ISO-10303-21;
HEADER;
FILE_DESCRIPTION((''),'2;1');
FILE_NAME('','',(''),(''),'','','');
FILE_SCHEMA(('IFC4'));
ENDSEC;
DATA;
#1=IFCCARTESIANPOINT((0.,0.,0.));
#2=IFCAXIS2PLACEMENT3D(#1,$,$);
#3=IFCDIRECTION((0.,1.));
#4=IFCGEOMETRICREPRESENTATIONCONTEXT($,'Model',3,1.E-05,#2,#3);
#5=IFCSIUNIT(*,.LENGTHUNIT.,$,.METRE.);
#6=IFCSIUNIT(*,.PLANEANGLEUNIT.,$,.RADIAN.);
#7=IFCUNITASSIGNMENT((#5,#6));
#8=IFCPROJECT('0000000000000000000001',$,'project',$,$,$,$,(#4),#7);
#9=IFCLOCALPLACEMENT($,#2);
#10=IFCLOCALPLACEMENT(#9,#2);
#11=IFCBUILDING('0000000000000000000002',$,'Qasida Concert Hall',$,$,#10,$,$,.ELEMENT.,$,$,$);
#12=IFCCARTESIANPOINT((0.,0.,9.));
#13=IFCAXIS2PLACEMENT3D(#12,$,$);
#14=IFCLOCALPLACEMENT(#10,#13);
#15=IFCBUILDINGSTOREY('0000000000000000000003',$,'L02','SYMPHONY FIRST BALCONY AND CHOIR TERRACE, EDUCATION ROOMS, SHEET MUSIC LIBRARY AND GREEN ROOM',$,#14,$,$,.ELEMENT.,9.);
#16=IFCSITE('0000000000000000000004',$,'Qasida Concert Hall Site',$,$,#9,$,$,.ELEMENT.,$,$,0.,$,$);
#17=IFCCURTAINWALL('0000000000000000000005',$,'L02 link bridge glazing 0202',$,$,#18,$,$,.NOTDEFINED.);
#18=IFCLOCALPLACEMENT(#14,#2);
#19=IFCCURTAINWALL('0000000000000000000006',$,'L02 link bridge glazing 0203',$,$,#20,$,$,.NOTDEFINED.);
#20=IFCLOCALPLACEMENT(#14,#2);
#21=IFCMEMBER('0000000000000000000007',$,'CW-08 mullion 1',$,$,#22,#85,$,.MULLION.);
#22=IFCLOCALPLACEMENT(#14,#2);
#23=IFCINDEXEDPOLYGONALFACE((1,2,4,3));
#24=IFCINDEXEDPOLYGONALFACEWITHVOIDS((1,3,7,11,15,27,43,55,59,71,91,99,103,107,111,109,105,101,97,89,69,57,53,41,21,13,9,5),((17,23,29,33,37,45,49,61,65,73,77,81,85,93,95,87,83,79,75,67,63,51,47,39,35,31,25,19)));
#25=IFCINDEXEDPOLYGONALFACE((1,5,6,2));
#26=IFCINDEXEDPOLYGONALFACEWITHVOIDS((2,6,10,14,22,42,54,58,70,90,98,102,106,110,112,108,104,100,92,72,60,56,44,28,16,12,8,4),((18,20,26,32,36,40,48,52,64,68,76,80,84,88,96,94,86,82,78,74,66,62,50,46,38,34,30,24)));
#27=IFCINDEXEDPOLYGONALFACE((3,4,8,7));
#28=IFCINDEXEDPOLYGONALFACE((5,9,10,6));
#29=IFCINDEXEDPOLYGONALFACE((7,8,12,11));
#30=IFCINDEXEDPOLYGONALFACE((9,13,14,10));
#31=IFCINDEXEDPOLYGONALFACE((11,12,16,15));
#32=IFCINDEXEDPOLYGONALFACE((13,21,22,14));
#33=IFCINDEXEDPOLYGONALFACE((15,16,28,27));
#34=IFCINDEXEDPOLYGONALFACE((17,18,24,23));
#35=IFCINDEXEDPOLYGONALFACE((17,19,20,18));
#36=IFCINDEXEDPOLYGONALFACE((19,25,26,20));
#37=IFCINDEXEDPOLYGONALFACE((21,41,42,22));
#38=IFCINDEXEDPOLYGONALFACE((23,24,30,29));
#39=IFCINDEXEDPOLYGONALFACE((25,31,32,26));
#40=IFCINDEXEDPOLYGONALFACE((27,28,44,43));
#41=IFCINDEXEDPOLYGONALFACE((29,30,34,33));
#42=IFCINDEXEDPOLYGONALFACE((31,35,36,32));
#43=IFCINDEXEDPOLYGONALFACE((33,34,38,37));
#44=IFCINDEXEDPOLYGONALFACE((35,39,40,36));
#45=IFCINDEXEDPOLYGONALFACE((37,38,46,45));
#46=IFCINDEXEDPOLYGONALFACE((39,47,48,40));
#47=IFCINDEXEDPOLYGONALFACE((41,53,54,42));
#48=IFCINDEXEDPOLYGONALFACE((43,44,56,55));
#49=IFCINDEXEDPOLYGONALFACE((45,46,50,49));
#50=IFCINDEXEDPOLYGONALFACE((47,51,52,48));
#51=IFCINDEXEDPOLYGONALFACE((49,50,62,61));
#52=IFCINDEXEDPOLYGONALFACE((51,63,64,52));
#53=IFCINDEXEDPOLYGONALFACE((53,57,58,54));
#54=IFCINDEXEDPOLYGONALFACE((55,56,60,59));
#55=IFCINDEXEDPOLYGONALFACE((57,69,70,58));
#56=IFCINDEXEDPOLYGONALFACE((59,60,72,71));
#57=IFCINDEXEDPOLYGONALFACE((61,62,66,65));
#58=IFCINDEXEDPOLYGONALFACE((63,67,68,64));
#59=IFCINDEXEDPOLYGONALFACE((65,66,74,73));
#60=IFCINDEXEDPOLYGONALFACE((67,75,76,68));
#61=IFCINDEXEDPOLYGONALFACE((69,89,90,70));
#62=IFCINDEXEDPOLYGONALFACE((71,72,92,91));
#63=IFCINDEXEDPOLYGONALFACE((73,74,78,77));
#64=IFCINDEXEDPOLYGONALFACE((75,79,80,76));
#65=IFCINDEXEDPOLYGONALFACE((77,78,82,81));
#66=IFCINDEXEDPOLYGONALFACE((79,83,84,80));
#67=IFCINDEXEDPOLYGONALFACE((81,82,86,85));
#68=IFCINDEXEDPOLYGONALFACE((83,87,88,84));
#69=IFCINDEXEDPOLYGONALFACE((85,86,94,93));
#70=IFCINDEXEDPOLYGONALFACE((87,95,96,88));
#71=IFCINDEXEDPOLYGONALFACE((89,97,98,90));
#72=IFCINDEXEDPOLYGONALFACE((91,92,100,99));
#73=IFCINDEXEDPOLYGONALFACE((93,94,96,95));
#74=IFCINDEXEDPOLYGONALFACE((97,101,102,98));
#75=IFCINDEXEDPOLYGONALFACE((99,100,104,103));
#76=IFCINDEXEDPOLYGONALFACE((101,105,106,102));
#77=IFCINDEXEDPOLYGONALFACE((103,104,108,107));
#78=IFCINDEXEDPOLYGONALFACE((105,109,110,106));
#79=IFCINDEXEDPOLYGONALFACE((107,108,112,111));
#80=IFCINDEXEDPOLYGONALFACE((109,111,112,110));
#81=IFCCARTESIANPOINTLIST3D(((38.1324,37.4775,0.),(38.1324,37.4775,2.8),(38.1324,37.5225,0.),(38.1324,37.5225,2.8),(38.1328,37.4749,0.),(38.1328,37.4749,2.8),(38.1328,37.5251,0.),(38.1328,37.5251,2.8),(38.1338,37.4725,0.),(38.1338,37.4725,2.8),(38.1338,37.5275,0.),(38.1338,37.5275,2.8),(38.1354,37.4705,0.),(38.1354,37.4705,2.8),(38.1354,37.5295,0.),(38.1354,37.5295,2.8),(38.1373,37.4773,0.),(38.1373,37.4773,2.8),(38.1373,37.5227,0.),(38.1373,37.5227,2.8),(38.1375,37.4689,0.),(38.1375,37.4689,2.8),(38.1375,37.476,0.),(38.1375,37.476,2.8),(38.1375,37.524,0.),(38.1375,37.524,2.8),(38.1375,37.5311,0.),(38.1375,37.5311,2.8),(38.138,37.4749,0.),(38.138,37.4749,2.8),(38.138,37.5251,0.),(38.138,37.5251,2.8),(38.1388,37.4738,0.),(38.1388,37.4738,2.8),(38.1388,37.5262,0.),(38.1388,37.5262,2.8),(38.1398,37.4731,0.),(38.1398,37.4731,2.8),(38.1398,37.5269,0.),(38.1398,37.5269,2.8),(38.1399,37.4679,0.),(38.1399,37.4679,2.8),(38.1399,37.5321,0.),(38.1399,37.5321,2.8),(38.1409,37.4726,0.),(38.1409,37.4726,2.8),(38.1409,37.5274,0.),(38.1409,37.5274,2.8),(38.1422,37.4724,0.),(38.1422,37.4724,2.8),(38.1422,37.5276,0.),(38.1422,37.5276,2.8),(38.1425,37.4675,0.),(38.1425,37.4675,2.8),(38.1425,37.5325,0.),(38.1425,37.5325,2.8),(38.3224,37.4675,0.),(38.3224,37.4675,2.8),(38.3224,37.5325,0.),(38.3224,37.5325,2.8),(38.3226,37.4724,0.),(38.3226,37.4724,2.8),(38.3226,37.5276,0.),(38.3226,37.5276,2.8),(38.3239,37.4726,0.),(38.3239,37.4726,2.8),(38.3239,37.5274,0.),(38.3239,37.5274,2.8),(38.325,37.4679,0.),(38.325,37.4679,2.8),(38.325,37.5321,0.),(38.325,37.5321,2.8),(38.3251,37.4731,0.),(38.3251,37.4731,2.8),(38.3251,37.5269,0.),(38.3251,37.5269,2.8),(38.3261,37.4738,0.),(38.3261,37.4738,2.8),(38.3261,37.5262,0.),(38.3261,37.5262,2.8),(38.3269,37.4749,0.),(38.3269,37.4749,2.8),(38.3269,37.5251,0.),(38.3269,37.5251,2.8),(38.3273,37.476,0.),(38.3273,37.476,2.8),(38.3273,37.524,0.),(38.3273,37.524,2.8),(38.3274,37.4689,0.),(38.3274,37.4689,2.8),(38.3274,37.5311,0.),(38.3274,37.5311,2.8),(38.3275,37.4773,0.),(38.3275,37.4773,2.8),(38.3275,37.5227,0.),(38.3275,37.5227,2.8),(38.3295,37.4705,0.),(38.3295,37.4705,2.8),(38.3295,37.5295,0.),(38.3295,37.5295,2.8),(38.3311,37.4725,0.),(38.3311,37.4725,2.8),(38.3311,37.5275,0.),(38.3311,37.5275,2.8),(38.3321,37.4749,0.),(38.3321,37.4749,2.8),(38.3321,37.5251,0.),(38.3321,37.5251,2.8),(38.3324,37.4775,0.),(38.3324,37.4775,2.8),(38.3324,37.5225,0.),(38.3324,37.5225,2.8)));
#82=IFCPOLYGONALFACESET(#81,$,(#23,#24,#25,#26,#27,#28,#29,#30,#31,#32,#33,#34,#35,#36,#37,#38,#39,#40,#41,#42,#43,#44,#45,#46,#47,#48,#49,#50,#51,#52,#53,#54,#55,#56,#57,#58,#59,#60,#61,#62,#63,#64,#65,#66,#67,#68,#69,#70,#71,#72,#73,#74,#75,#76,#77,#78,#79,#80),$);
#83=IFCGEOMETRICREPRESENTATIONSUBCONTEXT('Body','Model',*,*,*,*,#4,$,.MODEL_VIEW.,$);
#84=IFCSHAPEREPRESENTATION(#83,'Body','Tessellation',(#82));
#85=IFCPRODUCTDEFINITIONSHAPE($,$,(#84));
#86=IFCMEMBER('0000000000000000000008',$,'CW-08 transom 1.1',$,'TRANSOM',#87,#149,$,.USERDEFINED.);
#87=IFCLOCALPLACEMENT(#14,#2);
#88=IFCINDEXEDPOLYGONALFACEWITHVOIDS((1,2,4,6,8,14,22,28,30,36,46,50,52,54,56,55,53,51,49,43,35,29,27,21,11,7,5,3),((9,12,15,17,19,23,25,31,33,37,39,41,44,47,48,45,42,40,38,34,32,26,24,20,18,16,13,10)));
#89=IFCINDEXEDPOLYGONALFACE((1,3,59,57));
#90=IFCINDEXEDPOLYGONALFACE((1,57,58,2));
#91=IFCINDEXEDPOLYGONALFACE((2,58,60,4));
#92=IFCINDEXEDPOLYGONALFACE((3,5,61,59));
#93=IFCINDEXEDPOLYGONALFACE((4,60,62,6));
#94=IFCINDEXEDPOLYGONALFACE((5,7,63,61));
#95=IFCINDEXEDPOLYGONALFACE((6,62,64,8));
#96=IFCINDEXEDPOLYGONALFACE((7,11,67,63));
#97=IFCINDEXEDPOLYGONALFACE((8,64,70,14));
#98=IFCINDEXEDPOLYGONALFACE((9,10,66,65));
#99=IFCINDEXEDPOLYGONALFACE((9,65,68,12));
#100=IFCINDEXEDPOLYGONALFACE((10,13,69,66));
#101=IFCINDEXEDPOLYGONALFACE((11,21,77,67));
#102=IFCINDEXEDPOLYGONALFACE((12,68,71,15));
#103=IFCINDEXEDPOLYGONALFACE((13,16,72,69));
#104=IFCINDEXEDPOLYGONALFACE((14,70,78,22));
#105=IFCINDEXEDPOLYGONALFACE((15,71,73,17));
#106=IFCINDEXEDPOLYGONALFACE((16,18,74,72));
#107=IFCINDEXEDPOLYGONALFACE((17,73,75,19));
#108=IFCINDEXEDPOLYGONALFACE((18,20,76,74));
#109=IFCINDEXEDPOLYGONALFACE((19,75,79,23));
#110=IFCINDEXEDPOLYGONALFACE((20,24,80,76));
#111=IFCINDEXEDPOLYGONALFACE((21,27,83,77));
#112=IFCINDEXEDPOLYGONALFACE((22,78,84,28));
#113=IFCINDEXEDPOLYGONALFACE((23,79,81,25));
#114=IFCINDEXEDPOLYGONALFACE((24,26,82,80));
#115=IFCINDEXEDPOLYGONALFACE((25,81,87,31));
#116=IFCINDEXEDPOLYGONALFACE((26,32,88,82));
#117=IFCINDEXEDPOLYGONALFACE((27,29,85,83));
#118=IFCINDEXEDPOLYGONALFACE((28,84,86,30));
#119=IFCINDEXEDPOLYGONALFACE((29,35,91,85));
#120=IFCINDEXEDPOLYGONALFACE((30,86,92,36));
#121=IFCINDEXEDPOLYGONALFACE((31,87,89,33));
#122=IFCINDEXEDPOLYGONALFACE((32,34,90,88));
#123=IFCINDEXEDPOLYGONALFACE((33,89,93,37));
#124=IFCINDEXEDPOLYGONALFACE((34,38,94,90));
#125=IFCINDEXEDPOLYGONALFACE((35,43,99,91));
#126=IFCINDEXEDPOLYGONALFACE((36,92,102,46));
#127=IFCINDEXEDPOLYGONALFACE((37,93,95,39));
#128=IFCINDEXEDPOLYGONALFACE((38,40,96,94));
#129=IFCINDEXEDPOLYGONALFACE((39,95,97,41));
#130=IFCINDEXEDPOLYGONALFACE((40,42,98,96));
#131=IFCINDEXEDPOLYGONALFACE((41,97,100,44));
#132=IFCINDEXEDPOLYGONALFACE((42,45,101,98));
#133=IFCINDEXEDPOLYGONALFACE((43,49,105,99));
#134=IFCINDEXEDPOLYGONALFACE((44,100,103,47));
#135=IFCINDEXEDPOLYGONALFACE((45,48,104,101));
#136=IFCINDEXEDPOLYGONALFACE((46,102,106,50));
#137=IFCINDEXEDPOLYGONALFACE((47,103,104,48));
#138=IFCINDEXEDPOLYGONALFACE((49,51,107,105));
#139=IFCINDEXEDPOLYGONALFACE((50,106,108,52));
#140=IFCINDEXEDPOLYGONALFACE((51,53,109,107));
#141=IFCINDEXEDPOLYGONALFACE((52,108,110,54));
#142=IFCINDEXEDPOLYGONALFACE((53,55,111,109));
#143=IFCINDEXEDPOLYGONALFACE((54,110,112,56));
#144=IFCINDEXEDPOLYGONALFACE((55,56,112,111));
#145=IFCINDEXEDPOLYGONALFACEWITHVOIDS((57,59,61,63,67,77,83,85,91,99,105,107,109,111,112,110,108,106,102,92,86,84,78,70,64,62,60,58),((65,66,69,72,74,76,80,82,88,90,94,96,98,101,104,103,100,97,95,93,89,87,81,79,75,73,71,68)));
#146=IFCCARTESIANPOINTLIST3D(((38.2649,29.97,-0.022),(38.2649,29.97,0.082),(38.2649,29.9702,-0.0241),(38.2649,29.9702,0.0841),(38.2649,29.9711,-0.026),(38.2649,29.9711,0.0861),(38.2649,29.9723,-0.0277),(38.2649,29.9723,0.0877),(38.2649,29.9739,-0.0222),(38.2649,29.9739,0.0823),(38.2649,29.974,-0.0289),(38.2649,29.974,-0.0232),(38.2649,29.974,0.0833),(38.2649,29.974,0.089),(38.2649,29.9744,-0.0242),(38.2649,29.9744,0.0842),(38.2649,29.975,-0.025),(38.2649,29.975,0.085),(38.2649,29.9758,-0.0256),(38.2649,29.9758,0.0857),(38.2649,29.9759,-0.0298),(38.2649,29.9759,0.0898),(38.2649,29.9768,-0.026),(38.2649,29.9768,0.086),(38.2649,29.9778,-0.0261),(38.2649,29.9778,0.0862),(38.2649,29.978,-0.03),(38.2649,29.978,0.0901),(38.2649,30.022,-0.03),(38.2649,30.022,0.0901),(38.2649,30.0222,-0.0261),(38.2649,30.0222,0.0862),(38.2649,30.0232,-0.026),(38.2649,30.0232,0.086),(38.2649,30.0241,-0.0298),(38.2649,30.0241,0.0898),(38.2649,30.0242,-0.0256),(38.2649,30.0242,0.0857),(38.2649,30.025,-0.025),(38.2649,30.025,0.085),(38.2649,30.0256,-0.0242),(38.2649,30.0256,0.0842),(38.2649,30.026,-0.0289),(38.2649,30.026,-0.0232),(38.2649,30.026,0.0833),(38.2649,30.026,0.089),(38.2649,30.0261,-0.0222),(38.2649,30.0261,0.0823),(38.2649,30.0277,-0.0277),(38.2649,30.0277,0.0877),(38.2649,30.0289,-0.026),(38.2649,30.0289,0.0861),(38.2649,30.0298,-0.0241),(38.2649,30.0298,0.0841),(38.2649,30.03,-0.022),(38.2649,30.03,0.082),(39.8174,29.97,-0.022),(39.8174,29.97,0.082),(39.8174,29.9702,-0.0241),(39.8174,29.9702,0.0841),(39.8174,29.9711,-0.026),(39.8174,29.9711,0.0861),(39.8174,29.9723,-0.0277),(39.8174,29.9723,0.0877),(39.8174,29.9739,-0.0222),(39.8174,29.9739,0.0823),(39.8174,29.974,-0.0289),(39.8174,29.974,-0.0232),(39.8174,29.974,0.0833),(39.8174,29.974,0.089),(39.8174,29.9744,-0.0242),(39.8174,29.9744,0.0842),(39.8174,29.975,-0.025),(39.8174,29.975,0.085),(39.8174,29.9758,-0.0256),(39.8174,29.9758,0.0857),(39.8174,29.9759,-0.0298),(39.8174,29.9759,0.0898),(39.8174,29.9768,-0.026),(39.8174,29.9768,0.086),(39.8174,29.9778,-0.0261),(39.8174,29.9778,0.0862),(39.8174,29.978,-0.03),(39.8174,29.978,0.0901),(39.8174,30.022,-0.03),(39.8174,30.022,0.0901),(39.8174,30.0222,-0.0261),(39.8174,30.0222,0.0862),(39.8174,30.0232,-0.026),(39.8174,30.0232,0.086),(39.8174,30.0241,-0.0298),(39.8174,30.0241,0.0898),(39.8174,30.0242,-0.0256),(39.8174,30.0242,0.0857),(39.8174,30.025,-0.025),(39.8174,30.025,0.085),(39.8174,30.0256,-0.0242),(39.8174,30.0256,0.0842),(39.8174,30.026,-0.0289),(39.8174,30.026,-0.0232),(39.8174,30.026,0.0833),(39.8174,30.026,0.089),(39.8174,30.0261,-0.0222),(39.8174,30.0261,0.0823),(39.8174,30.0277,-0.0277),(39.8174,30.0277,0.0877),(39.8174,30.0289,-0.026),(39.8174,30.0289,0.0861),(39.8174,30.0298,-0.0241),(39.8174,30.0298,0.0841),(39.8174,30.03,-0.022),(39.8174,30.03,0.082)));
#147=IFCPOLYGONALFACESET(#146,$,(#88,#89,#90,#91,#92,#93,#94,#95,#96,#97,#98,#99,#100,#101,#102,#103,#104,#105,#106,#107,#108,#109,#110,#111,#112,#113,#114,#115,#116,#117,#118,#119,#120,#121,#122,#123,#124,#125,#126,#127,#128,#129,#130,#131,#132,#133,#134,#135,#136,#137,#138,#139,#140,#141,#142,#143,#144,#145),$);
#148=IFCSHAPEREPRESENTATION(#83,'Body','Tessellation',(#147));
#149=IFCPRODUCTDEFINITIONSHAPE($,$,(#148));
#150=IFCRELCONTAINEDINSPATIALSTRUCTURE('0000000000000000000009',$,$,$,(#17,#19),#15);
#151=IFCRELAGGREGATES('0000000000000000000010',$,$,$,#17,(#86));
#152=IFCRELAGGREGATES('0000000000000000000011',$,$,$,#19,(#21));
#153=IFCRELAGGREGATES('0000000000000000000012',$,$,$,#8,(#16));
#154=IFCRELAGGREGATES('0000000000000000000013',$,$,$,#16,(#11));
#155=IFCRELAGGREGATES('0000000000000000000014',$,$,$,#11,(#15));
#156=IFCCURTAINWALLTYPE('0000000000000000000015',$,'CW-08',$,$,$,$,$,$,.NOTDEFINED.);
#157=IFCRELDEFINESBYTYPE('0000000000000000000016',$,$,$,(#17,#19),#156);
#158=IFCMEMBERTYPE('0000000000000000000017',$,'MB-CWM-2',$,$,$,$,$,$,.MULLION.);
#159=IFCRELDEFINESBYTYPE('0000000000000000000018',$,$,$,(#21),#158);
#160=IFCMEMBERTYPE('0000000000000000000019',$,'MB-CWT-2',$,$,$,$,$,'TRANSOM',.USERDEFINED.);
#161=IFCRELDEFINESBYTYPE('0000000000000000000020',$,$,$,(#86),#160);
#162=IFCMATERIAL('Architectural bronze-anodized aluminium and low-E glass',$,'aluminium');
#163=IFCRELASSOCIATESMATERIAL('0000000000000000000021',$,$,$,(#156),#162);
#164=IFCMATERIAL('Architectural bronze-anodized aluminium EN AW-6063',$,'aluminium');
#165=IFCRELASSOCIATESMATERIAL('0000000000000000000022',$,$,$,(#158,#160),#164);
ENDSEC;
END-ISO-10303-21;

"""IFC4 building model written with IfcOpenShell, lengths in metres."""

from ifc_helpers import new_model, si_unit, direction, frame, origin, origin_2d, place, context, subcontext, project, spatial, hollow_rectangle, extrude, material, material_profile, profile_set, type_object, element, aggregate, save


model = new_model("IFC4")

# Units and contexts
model_context = context("Model", 3, precision=1e-05, world=origin(), true_north=direction((0.0, 1.0)))
body_context = subcontext(model_context, "Body", "Model", "MODEL_VIEW")
ifc_project = project(units=[si_unit("LENGTHUNIT", "METRE"), si_unit("PLANEANGLEUNIT", "RADIAN")], contexts=[model_context])

# Site, building, storey
site_placement = place(None, origin())
site = spatial("IfcSite", under=ifc_project, at=site_placement, Name="Qasida Concert Hall Site", CompositionType="ELEMENT", RefElevation=0.0)
building_placement = place(site_placement, origin())
building = spatial("IfcBuilding", under=site, at=building_placement, Name="Qasida Concert Hall", CompositionType="ELEMENT")
storey_placement = place(building_placement, frame((0.0, 0.0, 9.0)))
storey = spatial("IfcBuildingStorey", under=building, at=storey_placement, Name="L02", Description="SYMPHONY FIRST BALCONY AND CHOIR TERRACE, EDUCATION ROOMS, SHEET MUSIC LIBRARY AND GREEN ROOM", CompositionType="ELEMENT", Elevation=9.0)

# Curtain walls, member
ifc_material_1 = material(Name="Architectural bronze-anodized aluminium and low-E glass", Category="aluminium")
curtain_wall_type = type_object("IfcCurtainWallType", Name="CW-08", PredefinedType="NOTDEFINED", material=ifc_material_1)
curtain_wall_1_placement = place(storey_placement, origin())
curtain_wall_1 = element("IfcCurtainWall", 1, at=curtain_wall_1_placement, inside=storey, type_object=curtain_wall_type, Name="L02 link bridge glazing 0202", PredefinedType="NOTDEFINED")
ifc_material_2 = material(Name="Architectural bronze-anodized aluminium EN AW-6063", Category="aluminium")
ifc_material_profile_1 = material_profile(ifc_material_2, hollow_rectangle(XDim=0.0649, YDim=0.2, WallThickness=0.0049, InnerFilletRadius=0.0049, OuterFilletRadius=0.01, at=origin_2d()), Name="CWM 200x65x5")
ifc_profile_set_1 = profile_set([ifc_material_profile_1], Name="Architectural bronze-anodized aluminium EN AW-6063")
member_type_1 = type_object("IfcMemberType", Name="MB-CWM-2", PredefinedType="MULLION", material=ifc_profile_set_1)
curtain_wall_2_placement = place(storey_placement, origin())
curtain_wall_2 = element("IfcCurtainWall", 2, at=curtain_wall_2_placement, inside=storey, type_object=curtain_wall_type, Name="L02 link bridge glazing 0203", PredefinedType="NOTDEFINED")
member_1_placement = place(storey_placement, frame((38.2324, 37.5, 0.0), z_axis=(0.0, 0.0, 1.0), x_axis=(0.0, 1.0, 0.0)))
member_1 = element("IfcMember", 3, at=member_1_placement, type_object=member_type_1, Name="CW-08 mullion 1", PredefinedType="MULLION", context=body_context, shape_type="SweptSolid", body=[
    extrude(hollow_rectangle(XDim=0.0649, YDim=0.2, WallThickness=0.0049, InnerFilletRadius=0.0049, OuterFilletRadius=0.01, at=origin_2d()), origin(), (0.0, 0.0, 1.0), 2.8),
])

# Member
ifc_material_profile_2 = material_profile(ifc_material_2, hollow_rectangle(XDim=0.0601, YDim=0.1201, WallThickness=0.0039, InnerFilletRadius=0.0039, OuterFilletRadius=0.0081, at=origin_2d()), Name="CWT 120x60x4")
ifc_profile_set_2 = profile_set([ifc_material_profile_2], Name="Architectural bronze-anodized aluminium EN AW-6063")
member_type_2 = type_object("IfcMemberType", Name="MB-CWT-2", ElementType="TRANSOM", PredefinedType="USERDEFINED", material=ifc_profile_set_2)
member_2_placement = place(storey_placement, frame((38.2649, 30.0, 0.03), z_axis=(1.0, 0.0, 0.0), x_axis=(0.0, 1.0, 0.0)))
member_2 = element("IfcMember", 4, at=member_2_placement, type_object=member_type_2, Name="CW-08 transom 1.1", ObjectType="TRANSOM", PredefinedType="USERDEFINED", context=body_context, shape_type="SweptSolid", body=[
    extrude(hollow_rectangle(XDim=0.0601, YDim=0.1201, WallThickness=0.0039, InnerFilletRadius=0.0039, OuterFilletRadius=0.0081, at=origin_2d()), origin(), (0.0, 0.0, 1.0), 1.5525),
])

aggregate(curtain_wall_1, [member_2])
aggregate(curtain_wall_2, [member_1])

save(model, "model.ifc")
